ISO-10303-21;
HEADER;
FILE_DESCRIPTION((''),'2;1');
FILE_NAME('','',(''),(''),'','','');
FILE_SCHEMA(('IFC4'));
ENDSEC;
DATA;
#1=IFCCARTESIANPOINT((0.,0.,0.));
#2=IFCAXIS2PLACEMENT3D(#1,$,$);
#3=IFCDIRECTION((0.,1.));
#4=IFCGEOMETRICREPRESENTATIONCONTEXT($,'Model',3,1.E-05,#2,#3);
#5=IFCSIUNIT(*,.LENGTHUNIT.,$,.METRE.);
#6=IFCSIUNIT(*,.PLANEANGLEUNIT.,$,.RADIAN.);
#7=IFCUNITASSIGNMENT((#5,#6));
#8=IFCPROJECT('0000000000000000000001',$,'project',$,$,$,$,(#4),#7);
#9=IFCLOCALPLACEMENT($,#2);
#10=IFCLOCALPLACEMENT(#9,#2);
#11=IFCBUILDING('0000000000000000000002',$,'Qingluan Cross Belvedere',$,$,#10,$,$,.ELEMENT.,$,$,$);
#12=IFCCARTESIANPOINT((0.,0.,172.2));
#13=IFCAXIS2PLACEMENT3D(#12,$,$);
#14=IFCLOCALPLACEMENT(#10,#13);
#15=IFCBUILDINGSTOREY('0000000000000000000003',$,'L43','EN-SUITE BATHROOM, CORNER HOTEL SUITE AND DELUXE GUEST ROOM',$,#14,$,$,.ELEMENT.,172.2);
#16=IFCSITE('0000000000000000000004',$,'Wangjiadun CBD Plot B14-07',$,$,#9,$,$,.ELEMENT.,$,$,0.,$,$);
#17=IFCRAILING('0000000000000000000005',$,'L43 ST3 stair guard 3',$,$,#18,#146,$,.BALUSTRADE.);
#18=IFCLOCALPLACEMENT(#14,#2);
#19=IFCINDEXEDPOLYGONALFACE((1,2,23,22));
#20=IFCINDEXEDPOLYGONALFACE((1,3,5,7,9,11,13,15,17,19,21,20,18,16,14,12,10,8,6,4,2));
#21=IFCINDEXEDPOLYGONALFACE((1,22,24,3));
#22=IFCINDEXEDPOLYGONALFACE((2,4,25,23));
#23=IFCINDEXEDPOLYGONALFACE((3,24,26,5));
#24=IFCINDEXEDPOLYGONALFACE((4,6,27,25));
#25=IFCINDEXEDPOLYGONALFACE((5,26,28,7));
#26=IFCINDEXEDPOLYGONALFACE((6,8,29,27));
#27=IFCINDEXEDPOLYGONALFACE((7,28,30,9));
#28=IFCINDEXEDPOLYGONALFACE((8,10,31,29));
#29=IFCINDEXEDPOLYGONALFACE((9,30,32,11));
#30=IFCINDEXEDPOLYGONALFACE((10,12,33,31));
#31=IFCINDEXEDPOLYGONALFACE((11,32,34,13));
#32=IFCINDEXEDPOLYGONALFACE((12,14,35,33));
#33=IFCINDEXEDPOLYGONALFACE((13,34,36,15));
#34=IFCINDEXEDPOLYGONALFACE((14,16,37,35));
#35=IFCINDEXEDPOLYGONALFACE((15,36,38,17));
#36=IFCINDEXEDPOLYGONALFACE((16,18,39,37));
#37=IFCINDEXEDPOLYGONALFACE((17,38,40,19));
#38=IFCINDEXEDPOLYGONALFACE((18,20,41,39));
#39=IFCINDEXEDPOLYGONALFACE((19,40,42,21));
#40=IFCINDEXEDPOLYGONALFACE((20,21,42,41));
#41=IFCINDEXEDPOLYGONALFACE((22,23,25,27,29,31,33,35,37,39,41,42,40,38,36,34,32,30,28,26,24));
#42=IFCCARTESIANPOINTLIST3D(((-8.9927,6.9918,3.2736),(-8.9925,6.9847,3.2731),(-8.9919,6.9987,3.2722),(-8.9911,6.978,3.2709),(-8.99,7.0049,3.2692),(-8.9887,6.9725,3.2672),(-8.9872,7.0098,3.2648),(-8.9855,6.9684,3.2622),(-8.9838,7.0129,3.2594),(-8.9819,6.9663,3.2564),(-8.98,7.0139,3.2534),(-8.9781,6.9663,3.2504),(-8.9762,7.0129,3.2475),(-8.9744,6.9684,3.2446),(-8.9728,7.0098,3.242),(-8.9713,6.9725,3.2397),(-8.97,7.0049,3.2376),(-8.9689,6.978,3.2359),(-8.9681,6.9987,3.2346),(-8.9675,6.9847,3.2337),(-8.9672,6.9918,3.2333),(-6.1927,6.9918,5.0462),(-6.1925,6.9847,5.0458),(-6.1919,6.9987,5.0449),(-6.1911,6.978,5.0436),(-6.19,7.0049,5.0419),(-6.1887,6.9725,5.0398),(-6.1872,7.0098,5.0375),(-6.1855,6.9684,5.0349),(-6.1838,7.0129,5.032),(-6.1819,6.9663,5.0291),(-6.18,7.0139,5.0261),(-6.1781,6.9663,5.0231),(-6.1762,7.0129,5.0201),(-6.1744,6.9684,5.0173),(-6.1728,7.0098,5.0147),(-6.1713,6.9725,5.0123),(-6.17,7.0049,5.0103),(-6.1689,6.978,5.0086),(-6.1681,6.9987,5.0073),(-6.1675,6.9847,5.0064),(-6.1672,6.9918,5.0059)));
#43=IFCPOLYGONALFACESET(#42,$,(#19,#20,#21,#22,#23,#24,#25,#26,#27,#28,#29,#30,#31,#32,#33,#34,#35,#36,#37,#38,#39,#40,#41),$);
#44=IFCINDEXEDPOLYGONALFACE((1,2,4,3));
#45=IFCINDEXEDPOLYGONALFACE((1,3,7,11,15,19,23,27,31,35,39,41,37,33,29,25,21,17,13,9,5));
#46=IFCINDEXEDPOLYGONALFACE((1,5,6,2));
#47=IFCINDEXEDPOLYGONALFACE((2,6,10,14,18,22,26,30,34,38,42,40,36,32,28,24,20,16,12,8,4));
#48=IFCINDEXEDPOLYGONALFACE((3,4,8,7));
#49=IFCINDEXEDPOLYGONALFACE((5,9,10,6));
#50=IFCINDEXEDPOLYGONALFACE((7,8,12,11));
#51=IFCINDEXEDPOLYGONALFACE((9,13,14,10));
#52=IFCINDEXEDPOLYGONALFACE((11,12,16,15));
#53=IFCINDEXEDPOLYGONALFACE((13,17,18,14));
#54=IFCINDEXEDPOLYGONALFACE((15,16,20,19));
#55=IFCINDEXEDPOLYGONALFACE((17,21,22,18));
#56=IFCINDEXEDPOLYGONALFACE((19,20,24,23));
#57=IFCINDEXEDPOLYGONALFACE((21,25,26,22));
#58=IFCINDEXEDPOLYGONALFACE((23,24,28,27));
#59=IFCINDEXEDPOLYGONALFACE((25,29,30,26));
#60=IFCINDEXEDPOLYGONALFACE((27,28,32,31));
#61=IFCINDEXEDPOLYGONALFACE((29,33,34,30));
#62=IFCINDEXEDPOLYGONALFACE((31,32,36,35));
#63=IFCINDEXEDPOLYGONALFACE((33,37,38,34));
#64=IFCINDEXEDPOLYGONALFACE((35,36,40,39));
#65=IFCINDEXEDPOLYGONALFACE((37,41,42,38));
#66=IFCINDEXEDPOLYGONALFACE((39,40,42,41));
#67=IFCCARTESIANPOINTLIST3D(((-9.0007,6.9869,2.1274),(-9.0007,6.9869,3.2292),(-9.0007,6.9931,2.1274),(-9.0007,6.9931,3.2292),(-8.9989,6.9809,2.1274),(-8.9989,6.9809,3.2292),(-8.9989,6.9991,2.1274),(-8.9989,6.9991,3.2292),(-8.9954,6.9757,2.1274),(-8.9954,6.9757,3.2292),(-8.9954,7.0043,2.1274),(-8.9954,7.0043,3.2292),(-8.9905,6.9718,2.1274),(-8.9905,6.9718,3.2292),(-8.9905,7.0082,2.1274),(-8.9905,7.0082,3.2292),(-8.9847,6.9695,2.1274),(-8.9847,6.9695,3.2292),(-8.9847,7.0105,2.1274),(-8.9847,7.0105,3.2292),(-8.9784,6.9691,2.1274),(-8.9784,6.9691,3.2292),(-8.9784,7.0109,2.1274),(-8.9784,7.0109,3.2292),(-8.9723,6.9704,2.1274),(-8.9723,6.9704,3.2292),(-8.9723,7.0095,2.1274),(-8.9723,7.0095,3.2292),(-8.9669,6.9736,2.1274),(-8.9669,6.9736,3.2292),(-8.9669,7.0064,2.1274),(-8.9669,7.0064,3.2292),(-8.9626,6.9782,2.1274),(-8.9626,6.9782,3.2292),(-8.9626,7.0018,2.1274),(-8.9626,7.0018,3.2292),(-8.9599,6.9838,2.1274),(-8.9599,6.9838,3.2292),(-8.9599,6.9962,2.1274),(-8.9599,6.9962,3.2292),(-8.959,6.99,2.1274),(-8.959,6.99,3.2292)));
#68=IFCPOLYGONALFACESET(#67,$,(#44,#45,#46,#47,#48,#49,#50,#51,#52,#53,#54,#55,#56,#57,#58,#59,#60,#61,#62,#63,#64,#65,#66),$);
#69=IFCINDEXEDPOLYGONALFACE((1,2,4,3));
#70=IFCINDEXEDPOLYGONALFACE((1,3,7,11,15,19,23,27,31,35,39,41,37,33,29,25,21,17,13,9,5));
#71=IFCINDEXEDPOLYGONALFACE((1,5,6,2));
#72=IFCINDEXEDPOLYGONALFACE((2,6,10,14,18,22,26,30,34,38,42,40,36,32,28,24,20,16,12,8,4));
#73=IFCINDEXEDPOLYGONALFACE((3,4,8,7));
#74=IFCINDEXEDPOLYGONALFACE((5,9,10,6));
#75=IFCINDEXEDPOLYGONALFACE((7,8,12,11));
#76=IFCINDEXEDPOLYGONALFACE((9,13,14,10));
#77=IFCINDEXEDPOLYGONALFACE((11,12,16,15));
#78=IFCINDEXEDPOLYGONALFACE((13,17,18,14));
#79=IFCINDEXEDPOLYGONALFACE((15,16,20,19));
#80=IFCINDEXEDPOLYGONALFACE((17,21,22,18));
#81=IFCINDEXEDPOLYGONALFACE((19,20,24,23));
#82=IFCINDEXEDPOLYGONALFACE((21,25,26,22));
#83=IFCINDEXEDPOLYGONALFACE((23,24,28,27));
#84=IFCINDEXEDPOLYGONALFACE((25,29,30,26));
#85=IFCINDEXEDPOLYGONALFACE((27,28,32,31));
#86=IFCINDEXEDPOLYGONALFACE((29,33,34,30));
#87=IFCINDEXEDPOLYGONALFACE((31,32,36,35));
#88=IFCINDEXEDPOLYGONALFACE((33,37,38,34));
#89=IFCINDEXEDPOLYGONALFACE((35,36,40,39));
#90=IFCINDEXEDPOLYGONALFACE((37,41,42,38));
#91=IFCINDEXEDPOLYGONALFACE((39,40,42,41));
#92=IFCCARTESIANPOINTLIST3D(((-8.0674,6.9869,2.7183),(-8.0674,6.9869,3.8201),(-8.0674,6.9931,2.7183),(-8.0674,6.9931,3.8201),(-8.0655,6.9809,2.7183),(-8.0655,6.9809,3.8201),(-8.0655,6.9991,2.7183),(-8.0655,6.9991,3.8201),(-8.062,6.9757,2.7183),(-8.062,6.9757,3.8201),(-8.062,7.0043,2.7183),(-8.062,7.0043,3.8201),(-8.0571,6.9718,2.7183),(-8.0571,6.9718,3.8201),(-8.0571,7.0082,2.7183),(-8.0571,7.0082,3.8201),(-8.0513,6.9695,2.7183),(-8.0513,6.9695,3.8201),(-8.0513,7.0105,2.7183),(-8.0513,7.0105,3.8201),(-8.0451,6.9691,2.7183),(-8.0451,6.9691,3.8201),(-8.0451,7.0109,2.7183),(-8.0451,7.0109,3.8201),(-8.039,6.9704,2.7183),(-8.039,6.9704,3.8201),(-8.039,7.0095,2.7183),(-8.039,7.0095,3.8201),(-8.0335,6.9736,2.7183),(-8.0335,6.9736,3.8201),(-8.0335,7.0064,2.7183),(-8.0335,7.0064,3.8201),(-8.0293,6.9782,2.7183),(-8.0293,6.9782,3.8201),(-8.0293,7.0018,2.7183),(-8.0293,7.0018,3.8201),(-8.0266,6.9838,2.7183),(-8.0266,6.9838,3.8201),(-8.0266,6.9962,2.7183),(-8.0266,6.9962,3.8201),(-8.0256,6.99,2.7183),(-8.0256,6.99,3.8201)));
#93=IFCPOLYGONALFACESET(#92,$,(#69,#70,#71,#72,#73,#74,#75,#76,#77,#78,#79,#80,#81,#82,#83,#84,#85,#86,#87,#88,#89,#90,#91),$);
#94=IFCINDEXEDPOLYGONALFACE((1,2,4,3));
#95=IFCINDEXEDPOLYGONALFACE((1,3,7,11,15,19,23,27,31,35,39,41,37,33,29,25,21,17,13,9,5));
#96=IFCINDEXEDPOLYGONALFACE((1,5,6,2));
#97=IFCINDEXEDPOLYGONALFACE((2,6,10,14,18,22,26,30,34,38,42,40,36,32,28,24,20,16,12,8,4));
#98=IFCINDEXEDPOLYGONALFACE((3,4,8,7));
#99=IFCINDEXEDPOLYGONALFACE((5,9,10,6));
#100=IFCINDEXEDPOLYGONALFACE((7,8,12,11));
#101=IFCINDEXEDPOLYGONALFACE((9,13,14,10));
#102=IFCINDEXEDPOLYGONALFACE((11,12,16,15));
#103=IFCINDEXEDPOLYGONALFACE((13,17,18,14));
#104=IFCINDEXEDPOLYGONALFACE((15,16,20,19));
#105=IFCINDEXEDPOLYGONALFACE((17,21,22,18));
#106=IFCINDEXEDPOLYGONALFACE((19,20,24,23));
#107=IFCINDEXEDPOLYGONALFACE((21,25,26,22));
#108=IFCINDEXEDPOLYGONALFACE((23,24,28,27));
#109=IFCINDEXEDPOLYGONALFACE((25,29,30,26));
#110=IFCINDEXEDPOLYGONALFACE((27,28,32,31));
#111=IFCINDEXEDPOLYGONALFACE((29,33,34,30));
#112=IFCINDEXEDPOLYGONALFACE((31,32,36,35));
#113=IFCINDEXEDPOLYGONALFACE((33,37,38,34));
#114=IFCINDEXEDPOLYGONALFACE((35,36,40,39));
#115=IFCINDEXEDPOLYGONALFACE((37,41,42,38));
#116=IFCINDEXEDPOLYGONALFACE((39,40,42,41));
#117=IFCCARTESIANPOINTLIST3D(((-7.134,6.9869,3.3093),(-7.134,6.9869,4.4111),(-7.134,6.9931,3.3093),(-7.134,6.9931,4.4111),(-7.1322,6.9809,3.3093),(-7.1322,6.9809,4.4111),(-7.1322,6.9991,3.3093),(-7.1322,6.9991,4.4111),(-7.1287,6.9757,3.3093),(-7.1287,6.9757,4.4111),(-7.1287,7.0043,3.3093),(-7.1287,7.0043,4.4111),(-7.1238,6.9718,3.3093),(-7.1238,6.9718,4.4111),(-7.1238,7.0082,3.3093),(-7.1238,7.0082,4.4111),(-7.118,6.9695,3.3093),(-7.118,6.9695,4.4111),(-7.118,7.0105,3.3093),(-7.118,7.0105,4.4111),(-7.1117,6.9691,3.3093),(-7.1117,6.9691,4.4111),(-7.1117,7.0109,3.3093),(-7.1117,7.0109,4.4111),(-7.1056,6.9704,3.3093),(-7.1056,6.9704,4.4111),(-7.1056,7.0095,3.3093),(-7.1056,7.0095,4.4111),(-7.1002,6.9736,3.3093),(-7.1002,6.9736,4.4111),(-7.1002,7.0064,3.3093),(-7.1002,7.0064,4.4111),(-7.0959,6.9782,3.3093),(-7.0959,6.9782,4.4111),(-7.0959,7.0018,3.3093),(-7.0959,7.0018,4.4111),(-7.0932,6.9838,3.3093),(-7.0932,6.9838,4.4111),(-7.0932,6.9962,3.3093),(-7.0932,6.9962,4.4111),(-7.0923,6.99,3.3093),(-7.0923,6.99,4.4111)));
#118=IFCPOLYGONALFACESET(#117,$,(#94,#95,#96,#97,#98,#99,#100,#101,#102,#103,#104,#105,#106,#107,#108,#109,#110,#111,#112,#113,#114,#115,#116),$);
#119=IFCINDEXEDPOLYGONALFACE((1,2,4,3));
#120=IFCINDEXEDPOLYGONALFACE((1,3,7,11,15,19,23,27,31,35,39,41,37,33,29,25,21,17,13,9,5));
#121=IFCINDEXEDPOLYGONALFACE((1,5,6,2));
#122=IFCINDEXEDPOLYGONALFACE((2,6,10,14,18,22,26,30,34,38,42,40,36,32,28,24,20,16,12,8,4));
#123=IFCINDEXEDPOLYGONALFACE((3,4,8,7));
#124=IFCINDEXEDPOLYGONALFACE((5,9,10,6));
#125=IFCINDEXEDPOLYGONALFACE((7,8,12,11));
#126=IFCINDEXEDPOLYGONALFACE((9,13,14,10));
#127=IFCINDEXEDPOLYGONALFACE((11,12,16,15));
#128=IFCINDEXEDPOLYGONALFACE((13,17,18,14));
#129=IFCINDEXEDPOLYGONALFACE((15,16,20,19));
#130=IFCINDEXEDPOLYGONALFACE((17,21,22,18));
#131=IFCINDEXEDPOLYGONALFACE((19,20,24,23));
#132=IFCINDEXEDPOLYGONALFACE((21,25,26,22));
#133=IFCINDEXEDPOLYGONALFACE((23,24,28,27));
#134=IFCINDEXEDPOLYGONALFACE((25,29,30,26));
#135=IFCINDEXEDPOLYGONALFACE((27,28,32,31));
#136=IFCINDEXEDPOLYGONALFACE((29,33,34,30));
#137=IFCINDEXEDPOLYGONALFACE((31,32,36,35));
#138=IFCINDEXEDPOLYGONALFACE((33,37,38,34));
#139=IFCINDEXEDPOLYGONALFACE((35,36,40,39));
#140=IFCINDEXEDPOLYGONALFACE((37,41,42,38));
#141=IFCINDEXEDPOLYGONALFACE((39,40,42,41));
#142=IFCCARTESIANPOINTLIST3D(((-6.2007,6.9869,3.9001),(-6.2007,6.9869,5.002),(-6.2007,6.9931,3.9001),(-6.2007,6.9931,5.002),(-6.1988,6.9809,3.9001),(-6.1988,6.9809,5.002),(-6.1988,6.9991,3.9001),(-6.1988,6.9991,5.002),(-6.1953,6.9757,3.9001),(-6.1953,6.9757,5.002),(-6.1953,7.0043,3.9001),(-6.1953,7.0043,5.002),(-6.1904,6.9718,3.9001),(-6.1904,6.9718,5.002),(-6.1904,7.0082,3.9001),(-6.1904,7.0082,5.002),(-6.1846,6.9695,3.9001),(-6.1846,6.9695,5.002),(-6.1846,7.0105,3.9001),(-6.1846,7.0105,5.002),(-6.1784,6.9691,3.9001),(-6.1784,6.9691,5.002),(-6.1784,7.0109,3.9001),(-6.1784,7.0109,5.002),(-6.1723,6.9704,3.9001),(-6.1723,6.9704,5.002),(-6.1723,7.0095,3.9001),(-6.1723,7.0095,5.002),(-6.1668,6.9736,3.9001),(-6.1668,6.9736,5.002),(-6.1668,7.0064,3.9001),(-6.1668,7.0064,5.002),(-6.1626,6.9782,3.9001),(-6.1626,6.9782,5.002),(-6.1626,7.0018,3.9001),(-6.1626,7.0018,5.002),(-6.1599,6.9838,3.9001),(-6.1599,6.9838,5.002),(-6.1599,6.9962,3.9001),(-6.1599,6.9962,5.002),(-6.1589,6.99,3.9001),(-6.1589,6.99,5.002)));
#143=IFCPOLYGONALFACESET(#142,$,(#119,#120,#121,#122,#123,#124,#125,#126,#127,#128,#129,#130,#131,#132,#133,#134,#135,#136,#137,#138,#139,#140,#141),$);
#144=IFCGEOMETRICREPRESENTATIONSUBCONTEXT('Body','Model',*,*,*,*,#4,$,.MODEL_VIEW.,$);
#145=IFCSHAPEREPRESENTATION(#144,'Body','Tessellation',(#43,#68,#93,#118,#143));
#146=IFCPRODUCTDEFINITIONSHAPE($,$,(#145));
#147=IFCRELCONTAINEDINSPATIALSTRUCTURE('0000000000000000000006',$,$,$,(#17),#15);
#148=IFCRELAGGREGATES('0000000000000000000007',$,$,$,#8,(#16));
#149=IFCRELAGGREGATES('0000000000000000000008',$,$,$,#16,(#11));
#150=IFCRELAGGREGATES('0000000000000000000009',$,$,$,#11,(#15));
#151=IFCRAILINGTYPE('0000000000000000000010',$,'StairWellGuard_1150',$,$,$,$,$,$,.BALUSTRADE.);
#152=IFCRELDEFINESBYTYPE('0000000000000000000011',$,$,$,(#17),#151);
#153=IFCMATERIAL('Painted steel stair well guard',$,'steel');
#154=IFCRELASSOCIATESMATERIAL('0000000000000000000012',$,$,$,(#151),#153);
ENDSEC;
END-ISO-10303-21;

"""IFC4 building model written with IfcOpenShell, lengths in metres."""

from ifc_helpers import new_model, si_unit, direction, frame, origin, origin_2d, place, context, subcontext, project, spatial, circle, extrude, material, type_object, element, save


model = new_model("IFC4")

# Units and contexts
model_context = context("Model", 3, precision=1e-05, world=origin(), true_north=direction((0.0, 1.0)))
body_context = subcontext(model_context, "Body", "Model", "MODEL_VIEW")
ifc_project = project(units=[si_unit("LENGTHUNIT", "METRE"), si_unit("PLANEANGLEUNIT", "RADIAN")], contexts=[model_context])

# Site, building, storey
site_placement = place(None, origin())
site = spatial("IfcSite", under=ifc_project, at=site_placement, Name="Wangjiadun CBD Plot B14-07", CompositionType="ELEMENT", RefElevation=0.0)
building_placement = place(site_placement, origin())
building = spatial("IfcBuilding", under=site, at=building_placement, Name="Qingluan Cross Belvedere", CompositionType="ELEMENT")
storey_placement = place(building_placement, frame((0.0, 0.0, 172.2)))
storey = spatial("IfcBuildingStorey", under=building, at=storey_placement, Name="L43", Description="EN-SUITE BATHROOM, CORNER HOTEL SUITE AND DELUXE GUEST ROOM", CompositionType="ELEMENT", Elevation=172.2)

# Railing
ifc_material_1 = material(Name="Painted steel stair well guard", Category="steel")
railing_type_1 = type_object("IfcRailingType", Name="StairWellGuard_1150", PredefinedType="BALUSTRADE", material=ifc_material_1)
railing_1_placement = place(storey_placement, frame((-8.98, 6.99, 2.1274)))
element("IfcRailing", 1, at=railing_1_placement, inside=storey, type_object=railing_type_1, Name="L43 ST3 stair guard 3", PredefinedType="BALUSTRADE", context=body_context, shape_type="SweptSolid", body=[
    extrude(circle(Radius=0.0239, at=origin_2d()), frame((0.0, 0.0, 1.126), z_axis=(0.844909, 0.0, 0.53491), x_axis=(0.0, 1.0, 0.0)), (0.0, 0.0, 1.0), 3.314),
    extrude(circle(Radius=0.021, at=origin_2d()), origin(), (0.0, 0.0, 1.0), 1.1018),
    extrude(circle(Radius=0.021, at=origin_2d()), frame((0.9333, 0.0, 0.5908)), (0.0, 0.0, 1.0), 1.1018),
    extrude(circle(Radius=0.021, at=origin_2d()), frame((1.8667, 0.0, 1.1819)), (0.0, 0.0, 1.0), 1.1018),
    extrude(circle(Radius=0.021, at=origin_2d()), frame((2.8, 0.0, 1.7727)), (0.0, 0.0, 1.0), 1.1018),
])

save(model, "model.ifc")
